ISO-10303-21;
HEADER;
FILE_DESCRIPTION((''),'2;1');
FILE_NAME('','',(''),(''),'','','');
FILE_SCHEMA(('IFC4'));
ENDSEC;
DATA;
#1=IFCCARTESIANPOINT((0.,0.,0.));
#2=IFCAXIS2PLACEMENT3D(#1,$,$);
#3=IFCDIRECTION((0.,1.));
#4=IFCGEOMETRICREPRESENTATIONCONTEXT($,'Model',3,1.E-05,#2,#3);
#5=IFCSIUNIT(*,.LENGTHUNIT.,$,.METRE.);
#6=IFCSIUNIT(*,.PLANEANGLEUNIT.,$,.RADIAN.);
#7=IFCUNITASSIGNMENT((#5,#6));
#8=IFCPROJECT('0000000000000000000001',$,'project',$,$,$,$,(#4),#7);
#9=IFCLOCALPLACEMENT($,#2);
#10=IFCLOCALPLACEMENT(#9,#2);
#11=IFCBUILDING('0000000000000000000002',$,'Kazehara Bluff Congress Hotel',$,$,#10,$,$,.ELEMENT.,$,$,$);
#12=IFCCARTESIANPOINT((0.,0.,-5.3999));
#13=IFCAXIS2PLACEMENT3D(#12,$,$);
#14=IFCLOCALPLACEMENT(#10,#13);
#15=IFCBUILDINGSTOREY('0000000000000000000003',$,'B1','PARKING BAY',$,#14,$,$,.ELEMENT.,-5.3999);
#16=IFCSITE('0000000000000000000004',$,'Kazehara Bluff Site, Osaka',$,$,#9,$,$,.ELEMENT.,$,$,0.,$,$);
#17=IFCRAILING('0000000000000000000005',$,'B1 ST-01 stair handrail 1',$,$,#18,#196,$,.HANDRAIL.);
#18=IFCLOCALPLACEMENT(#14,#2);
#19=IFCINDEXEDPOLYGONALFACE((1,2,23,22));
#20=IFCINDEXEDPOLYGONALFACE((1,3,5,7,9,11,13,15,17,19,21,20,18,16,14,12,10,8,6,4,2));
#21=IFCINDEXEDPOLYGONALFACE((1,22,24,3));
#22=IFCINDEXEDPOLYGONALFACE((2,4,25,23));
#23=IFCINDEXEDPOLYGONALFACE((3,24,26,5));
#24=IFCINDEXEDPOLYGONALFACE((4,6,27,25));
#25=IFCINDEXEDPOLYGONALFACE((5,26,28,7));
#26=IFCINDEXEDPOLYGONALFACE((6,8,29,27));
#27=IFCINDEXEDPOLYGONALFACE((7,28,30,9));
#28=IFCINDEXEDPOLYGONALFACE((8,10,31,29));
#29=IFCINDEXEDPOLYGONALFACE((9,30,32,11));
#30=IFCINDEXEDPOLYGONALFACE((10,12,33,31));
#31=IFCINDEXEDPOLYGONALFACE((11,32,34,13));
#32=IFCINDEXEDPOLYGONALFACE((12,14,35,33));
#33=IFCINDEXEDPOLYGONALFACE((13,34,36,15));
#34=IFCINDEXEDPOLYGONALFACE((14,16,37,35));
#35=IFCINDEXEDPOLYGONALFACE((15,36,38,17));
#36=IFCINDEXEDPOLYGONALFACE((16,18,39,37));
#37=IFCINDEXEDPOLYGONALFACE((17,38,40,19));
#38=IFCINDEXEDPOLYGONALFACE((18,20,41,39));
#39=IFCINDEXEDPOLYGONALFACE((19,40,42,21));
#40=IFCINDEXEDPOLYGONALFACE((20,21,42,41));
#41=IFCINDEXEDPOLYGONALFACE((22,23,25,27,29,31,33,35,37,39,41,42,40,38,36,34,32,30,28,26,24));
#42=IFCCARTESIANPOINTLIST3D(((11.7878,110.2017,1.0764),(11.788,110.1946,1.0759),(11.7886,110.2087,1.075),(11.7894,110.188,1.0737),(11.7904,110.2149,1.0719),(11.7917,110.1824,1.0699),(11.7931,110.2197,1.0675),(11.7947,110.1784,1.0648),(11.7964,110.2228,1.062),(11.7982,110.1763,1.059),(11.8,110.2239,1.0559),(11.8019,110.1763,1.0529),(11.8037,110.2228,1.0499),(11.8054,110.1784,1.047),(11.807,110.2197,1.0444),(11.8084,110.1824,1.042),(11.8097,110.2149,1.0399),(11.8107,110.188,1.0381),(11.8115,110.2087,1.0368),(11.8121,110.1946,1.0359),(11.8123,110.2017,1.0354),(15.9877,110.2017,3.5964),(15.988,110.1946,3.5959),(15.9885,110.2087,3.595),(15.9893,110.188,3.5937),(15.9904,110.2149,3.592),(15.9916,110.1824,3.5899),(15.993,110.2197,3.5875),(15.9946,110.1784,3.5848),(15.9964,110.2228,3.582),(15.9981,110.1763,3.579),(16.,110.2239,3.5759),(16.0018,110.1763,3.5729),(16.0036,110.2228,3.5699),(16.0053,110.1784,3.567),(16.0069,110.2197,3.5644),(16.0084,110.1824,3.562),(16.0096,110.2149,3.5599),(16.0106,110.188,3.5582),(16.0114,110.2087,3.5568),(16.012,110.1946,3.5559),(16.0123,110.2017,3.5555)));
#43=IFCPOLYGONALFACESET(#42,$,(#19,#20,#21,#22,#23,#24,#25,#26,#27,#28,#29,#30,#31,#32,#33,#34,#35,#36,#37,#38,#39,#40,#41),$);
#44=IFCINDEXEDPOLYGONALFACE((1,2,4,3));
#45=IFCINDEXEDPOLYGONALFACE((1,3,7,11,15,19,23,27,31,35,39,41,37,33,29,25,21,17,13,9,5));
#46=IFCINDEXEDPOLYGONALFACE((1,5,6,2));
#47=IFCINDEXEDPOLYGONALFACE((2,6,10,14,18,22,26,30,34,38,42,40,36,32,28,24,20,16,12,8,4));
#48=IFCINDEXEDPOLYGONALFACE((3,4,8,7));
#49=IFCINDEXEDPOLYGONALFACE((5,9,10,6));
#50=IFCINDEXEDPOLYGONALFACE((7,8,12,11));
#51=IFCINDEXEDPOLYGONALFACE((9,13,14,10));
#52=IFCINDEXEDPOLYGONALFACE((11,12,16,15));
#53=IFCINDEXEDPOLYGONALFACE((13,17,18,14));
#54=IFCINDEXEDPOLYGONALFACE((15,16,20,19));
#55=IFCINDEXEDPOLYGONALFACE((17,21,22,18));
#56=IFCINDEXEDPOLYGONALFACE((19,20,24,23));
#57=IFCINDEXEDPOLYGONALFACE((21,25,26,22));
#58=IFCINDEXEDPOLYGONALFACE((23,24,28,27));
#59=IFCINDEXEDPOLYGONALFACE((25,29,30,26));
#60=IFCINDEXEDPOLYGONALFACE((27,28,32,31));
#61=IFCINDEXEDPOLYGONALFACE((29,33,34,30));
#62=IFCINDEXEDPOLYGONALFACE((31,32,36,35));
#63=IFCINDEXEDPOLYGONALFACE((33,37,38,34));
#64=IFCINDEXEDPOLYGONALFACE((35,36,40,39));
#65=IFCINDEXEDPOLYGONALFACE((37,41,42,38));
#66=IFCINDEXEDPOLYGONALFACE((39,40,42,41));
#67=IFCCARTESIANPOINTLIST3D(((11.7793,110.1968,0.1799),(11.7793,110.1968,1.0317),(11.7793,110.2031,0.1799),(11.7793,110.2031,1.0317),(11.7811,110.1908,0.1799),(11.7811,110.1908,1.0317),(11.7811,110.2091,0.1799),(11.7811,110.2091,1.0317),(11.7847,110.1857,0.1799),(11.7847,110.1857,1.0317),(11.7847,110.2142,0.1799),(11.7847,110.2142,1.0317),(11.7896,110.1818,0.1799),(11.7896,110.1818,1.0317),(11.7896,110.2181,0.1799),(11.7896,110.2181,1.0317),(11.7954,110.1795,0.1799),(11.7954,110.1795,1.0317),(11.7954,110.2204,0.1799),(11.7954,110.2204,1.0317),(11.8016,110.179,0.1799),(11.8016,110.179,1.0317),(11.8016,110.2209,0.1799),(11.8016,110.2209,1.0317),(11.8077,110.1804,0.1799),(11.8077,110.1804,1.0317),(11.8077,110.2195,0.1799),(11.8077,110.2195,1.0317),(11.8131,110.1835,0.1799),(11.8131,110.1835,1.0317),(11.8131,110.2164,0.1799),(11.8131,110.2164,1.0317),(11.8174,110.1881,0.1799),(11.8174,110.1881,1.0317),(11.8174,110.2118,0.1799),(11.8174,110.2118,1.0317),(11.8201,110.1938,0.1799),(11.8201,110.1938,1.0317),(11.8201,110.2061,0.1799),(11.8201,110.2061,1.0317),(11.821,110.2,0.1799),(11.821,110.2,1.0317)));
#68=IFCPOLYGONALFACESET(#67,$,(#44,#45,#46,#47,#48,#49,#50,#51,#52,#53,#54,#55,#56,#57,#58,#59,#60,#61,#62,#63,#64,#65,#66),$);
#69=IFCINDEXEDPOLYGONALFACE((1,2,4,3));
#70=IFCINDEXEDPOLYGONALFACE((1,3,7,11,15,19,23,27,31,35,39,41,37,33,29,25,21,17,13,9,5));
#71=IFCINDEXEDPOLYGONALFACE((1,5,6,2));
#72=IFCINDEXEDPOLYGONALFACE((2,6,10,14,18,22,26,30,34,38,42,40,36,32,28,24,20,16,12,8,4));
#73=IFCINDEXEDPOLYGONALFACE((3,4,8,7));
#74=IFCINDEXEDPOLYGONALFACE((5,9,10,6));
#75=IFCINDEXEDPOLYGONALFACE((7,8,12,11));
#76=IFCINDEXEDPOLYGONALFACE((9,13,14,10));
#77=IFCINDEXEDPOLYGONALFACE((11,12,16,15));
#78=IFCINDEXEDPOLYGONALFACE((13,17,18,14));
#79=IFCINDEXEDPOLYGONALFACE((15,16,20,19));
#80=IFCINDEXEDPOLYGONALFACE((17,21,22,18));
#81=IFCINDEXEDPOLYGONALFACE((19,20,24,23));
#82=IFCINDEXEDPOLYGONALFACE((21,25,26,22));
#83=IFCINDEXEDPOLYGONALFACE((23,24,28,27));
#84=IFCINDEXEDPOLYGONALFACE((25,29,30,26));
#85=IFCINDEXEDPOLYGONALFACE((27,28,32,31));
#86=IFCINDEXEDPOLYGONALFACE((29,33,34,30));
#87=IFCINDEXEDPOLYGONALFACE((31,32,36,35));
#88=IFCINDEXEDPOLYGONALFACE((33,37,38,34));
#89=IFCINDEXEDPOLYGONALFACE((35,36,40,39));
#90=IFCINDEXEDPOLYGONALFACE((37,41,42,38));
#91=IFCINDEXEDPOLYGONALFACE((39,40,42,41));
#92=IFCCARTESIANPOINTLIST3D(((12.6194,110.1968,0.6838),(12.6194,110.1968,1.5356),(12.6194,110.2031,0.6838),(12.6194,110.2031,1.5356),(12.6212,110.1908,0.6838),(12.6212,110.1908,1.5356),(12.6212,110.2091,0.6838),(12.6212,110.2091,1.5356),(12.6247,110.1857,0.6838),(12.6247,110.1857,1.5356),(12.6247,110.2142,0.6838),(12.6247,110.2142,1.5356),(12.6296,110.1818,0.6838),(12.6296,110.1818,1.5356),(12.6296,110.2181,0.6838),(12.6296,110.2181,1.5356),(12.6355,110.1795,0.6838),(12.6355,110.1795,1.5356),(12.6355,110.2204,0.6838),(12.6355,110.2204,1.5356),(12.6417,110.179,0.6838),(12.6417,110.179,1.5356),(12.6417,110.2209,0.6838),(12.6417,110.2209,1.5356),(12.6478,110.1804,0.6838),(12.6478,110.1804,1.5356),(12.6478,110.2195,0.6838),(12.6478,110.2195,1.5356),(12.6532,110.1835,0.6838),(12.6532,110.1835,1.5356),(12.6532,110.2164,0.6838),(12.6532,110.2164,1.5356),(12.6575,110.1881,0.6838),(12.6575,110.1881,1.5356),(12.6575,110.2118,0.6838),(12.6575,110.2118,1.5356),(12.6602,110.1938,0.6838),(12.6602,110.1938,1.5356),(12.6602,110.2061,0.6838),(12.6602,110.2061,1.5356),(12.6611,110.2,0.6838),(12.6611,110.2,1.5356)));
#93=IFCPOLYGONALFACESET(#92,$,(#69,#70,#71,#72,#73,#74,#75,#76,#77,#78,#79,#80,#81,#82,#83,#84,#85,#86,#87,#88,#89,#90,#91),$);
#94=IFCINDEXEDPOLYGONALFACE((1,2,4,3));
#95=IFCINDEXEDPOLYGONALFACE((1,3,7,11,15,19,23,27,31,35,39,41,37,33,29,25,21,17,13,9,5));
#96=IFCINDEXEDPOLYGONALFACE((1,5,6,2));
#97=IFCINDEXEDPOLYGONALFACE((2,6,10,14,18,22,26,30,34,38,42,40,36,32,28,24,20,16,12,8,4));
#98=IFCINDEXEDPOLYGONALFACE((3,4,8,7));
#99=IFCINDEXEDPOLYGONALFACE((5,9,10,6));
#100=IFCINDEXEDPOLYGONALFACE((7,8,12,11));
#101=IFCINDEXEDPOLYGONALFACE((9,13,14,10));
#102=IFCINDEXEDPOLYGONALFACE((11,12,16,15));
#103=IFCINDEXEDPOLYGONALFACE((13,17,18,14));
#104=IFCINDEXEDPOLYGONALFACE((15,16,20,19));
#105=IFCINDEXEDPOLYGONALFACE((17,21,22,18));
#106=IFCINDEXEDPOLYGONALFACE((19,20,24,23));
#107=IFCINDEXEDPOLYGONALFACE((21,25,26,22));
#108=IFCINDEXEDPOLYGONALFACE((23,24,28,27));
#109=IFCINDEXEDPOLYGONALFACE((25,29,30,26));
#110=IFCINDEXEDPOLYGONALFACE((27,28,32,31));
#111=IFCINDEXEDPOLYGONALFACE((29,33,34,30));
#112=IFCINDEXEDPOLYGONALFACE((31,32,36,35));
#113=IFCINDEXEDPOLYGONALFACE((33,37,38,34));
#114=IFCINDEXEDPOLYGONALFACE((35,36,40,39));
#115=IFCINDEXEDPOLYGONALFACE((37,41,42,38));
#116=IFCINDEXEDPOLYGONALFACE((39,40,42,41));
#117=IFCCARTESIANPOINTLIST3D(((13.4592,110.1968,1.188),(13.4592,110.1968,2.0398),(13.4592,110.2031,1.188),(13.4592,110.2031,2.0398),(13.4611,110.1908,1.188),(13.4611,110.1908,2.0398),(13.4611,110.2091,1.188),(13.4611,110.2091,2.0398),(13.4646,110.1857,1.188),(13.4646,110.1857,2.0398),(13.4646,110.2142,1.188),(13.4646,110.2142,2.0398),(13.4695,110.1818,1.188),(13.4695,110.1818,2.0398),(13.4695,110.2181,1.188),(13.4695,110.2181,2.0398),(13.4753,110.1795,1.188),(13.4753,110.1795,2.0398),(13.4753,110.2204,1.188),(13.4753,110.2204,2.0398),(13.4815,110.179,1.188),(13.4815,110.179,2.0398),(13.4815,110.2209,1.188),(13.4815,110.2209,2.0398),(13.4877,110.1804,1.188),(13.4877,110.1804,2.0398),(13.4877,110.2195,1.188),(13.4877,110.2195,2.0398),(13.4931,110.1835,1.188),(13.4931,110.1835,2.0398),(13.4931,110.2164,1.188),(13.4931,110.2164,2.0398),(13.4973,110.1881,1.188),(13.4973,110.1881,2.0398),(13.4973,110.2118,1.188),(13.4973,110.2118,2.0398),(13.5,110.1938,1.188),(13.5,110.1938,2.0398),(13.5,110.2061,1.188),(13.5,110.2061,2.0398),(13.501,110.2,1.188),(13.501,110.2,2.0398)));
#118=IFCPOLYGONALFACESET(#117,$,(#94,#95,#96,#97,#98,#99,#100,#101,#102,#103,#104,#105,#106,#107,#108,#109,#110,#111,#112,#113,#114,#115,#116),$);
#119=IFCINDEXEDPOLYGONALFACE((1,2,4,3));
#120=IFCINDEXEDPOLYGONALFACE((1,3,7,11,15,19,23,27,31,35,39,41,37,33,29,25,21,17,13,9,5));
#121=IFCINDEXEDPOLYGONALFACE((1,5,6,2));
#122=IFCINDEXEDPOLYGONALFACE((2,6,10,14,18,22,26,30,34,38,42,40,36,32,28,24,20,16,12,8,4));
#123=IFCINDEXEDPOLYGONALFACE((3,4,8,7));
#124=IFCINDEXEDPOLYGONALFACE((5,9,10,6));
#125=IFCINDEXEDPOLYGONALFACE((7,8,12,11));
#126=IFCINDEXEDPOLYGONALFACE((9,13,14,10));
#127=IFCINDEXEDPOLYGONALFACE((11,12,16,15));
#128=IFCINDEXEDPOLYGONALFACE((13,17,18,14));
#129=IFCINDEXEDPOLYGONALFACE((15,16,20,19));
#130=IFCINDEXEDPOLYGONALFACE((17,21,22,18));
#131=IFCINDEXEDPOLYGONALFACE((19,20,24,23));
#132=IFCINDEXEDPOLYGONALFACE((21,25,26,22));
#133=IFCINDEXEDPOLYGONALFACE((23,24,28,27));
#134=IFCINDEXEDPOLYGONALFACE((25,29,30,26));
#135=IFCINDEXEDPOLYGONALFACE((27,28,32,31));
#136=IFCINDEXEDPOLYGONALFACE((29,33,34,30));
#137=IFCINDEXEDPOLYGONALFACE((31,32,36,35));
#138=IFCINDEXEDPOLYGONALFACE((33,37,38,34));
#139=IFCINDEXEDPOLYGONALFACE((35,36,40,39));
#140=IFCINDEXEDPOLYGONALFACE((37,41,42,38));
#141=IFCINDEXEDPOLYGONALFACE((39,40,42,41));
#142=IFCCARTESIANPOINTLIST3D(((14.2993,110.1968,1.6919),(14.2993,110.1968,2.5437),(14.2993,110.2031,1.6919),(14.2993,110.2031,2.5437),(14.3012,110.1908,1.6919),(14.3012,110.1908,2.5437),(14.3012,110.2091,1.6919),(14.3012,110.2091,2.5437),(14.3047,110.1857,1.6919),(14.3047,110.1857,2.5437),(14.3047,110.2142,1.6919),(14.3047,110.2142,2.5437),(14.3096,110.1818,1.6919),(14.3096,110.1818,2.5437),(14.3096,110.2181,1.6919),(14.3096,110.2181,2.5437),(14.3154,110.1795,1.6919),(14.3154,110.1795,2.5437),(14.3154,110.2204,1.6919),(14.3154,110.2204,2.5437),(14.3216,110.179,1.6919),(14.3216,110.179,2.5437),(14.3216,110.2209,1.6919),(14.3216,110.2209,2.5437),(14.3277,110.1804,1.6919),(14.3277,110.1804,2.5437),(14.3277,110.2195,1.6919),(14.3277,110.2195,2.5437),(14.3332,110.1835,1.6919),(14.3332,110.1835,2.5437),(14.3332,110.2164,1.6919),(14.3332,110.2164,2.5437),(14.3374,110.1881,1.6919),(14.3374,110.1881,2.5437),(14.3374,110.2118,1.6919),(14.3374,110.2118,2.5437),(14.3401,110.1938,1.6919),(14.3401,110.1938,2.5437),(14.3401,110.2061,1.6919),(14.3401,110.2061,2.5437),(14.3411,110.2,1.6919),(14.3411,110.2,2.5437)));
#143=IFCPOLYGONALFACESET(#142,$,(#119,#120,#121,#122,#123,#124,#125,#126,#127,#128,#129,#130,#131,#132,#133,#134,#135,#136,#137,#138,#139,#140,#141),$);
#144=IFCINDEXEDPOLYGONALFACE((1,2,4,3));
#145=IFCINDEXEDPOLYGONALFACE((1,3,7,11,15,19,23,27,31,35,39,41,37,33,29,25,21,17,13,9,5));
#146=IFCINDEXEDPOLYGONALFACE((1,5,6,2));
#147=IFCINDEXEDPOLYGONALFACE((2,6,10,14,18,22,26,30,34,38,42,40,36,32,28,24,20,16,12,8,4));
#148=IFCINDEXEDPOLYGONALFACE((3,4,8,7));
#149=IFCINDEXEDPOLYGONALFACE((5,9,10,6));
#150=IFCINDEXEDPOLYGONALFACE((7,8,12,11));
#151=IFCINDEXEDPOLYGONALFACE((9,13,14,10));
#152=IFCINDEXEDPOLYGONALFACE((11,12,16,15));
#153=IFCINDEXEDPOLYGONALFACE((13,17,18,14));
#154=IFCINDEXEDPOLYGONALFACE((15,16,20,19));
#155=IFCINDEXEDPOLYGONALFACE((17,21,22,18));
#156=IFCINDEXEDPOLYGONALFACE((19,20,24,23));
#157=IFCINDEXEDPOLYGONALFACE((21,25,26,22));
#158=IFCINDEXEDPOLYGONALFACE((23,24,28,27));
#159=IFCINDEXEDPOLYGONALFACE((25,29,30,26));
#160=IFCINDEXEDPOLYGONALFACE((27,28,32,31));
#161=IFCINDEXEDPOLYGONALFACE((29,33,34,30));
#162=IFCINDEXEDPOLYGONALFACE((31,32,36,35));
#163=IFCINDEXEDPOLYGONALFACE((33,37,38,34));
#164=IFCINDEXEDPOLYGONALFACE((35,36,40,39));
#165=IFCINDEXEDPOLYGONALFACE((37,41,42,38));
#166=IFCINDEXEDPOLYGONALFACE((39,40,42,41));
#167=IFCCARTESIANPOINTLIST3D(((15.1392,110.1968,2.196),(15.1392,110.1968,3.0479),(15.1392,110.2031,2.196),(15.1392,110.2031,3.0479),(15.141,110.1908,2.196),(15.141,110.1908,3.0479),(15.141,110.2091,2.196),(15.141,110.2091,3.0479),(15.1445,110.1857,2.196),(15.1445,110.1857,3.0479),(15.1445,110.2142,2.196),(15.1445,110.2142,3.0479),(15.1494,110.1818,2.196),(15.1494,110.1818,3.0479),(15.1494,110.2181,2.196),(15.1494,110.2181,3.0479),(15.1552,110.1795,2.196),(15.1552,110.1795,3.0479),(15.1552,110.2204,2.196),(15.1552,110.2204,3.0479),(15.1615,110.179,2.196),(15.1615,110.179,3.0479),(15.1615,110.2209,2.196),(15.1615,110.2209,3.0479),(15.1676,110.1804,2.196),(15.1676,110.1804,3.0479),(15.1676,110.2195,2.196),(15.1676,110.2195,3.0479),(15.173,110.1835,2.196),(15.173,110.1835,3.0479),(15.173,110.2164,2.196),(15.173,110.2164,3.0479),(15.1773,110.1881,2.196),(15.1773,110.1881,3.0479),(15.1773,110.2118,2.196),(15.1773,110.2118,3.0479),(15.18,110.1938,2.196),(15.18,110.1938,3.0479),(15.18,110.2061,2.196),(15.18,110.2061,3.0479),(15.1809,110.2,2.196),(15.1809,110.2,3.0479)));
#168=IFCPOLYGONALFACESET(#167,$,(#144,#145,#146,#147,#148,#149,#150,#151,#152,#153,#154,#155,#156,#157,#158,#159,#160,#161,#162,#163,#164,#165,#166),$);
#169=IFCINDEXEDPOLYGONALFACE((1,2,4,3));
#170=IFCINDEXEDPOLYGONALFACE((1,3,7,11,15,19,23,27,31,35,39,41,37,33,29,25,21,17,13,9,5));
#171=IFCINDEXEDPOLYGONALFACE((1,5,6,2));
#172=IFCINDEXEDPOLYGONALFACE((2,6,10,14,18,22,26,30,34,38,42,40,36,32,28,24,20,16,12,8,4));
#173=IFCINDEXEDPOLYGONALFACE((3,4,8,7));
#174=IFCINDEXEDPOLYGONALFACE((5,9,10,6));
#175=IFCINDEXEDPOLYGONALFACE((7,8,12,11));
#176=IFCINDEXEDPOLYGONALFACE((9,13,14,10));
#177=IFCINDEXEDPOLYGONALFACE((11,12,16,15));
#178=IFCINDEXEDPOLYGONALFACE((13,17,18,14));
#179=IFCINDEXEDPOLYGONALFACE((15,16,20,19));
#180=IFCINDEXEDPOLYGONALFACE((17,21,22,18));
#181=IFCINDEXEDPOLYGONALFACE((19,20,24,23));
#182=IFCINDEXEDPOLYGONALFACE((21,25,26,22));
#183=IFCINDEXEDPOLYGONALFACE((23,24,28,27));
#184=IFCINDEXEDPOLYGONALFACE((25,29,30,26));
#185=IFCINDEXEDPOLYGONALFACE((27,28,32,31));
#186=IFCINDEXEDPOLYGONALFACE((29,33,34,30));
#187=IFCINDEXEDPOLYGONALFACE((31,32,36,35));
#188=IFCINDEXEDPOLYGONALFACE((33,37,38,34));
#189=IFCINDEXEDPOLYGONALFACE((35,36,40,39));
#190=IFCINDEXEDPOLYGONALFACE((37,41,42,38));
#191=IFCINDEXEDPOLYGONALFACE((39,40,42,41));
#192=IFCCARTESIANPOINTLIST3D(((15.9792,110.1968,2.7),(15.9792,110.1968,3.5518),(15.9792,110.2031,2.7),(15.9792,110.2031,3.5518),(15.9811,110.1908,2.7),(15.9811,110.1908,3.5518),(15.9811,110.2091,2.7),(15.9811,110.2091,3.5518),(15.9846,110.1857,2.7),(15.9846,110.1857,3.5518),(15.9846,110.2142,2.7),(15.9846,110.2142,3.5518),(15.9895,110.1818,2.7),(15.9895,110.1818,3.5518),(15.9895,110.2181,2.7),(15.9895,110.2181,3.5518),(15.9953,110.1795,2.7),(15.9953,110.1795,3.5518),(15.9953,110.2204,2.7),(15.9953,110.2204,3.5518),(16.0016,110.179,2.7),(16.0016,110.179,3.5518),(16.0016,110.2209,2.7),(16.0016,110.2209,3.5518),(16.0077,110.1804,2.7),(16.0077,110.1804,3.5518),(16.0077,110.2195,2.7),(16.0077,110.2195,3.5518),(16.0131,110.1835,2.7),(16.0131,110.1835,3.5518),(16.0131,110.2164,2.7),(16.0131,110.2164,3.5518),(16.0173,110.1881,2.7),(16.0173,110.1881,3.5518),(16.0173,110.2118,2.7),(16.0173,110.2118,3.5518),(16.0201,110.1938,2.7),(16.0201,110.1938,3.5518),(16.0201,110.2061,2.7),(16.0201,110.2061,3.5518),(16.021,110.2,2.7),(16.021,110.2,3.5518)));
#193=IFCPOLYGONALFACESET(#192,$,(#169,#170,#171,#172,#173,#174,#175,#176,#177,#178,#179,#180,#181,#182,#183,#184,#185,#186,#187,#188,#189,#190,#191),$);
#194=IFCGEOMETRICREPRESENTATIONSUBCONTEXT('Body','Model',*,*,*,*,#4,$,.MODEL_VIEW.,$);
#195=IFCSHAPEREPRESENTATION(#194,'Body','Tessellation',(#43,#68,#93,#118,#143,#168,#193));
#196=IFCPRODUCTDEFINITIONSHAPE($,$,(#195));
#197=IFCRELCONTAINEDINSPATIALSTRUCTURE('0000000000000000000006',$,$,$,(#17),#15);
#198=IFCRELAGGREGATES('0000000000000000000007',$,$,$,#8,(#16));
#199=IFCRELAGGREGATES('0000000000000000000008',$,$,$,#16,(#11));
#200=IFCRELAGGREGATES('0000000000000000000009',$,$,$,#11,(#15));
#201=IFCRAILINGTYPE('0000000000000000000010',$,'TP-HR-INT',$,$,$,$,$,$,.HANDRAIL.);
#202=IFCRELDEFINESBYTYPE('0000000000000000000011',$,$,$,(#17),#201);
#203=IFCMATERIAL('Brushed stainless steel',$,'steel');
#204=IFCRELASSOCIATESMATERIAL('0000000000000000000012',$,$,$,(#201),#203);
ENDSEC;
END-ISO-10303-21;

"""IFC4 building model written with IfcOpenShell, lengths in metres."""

from ifc_helpers import new_model, si_unit, direction, frame, origin, origin_2d, place, context, subcontext, project, spatial, circle, extrude, material, type_object, element, save


model = new_model("IFC4")

# Units and contexts
model_context = context("Model", 3, precision=1e-05, world=origin(), true_north=direction((0.0, 1.0)))
body_context = subcontext(model_context, "Body", "Model", "MODEL_VIEW")
ifc_project = project(units=[si_unit("LENGTHUNIT", "METRE"), si_unit("PLANEANGLEUNIT", "RADIAN")], contexts=[model_context])

# Site, building, storey
site_placement = place(None, origin())
site = spatial("IfcSite", under=ifc_project, at=site_placement, Name="Kazehara Bluff Site, Osaka", CompositionType="ELEMENT", RefElevation=0.0)
building_placement = place(site_placement, origin())
building = spatial("IfcBuilding", under=site, at=building_placement, Name="Kazehara Bluff Congress Hotel", CompositionType="ELEMENT")
storey_placement = place(building_placement, frame((0.0, 0.0, -5.3999)))
storey = spatial("IfcBuildingStorey", under=building, at=storey_placement, Name="B1", Description="PARKING BAY", CompositionType="ELEMENT", Elevation=-5.3999)

# Railing
ifc_material_1 = material(Name="Brushed stainless steel", Category="steel")
railing_type_1 = type_object("IfcRailingType", Name="TP-HR-INT", PredefinedType="HANDRAIL", material=ifc_material_1)
railing_1_placement = place(storey_placement, frame((11.8, 110.2, 0.1799)))
element("IfcRailing", 1, at=railing_1_placement, inside=storey, type_object=railing_type_1, Name="B1 ST-01 stair handrail 1", PredefinedType="HANDRAIL", context=body_context, shape_type="SweptSolid", body=[
    extrude(circle(Radius=0.0239, at=origin_2d()), frame((0.0, 0.0, 0.876), z_axis=(0.857489, 0.0, 0.514503), x_axis=(0.0, 1.0, 0.0)), (0.0, 0.0, 1.0), 4.8979),
    extrude(circle(Radius=0.021, at=origin_2d()), origin(), (0.0, 0.0, 1.0), 0.8518),
    extrude(circle(Radius=0.021, at=origin_2d()), frame((0.8401, 0.0, 0.5039)), (0.0, 0.0, 1.0), 0.8518),
    extrude(circle(Radius=0.021, at=origin_2d()), frame((1.6799, 0.0, 1.0081)), (0.0, 0.0, 1.0), 0.8518),
    extrude(circle(Radius=0.021, at=origin_2d()), frame((2.52, 0.0, 1.512)), (0.0, 0.0, 1.0), 0.8518),
    extrude(circle(Radius=0.021, at=origin_2d()), frame((3.3599, 0.0, 2.0161)), (0.0, 0.0, 1.0), 0.8518),
    extrude(circle(Radius=0.021, at=origin_2d()), frame((4.2, 0.0, 2.52)), (0.0, 0.0, 1.0), 0.8518),
])

save(model, "model.ifc")
